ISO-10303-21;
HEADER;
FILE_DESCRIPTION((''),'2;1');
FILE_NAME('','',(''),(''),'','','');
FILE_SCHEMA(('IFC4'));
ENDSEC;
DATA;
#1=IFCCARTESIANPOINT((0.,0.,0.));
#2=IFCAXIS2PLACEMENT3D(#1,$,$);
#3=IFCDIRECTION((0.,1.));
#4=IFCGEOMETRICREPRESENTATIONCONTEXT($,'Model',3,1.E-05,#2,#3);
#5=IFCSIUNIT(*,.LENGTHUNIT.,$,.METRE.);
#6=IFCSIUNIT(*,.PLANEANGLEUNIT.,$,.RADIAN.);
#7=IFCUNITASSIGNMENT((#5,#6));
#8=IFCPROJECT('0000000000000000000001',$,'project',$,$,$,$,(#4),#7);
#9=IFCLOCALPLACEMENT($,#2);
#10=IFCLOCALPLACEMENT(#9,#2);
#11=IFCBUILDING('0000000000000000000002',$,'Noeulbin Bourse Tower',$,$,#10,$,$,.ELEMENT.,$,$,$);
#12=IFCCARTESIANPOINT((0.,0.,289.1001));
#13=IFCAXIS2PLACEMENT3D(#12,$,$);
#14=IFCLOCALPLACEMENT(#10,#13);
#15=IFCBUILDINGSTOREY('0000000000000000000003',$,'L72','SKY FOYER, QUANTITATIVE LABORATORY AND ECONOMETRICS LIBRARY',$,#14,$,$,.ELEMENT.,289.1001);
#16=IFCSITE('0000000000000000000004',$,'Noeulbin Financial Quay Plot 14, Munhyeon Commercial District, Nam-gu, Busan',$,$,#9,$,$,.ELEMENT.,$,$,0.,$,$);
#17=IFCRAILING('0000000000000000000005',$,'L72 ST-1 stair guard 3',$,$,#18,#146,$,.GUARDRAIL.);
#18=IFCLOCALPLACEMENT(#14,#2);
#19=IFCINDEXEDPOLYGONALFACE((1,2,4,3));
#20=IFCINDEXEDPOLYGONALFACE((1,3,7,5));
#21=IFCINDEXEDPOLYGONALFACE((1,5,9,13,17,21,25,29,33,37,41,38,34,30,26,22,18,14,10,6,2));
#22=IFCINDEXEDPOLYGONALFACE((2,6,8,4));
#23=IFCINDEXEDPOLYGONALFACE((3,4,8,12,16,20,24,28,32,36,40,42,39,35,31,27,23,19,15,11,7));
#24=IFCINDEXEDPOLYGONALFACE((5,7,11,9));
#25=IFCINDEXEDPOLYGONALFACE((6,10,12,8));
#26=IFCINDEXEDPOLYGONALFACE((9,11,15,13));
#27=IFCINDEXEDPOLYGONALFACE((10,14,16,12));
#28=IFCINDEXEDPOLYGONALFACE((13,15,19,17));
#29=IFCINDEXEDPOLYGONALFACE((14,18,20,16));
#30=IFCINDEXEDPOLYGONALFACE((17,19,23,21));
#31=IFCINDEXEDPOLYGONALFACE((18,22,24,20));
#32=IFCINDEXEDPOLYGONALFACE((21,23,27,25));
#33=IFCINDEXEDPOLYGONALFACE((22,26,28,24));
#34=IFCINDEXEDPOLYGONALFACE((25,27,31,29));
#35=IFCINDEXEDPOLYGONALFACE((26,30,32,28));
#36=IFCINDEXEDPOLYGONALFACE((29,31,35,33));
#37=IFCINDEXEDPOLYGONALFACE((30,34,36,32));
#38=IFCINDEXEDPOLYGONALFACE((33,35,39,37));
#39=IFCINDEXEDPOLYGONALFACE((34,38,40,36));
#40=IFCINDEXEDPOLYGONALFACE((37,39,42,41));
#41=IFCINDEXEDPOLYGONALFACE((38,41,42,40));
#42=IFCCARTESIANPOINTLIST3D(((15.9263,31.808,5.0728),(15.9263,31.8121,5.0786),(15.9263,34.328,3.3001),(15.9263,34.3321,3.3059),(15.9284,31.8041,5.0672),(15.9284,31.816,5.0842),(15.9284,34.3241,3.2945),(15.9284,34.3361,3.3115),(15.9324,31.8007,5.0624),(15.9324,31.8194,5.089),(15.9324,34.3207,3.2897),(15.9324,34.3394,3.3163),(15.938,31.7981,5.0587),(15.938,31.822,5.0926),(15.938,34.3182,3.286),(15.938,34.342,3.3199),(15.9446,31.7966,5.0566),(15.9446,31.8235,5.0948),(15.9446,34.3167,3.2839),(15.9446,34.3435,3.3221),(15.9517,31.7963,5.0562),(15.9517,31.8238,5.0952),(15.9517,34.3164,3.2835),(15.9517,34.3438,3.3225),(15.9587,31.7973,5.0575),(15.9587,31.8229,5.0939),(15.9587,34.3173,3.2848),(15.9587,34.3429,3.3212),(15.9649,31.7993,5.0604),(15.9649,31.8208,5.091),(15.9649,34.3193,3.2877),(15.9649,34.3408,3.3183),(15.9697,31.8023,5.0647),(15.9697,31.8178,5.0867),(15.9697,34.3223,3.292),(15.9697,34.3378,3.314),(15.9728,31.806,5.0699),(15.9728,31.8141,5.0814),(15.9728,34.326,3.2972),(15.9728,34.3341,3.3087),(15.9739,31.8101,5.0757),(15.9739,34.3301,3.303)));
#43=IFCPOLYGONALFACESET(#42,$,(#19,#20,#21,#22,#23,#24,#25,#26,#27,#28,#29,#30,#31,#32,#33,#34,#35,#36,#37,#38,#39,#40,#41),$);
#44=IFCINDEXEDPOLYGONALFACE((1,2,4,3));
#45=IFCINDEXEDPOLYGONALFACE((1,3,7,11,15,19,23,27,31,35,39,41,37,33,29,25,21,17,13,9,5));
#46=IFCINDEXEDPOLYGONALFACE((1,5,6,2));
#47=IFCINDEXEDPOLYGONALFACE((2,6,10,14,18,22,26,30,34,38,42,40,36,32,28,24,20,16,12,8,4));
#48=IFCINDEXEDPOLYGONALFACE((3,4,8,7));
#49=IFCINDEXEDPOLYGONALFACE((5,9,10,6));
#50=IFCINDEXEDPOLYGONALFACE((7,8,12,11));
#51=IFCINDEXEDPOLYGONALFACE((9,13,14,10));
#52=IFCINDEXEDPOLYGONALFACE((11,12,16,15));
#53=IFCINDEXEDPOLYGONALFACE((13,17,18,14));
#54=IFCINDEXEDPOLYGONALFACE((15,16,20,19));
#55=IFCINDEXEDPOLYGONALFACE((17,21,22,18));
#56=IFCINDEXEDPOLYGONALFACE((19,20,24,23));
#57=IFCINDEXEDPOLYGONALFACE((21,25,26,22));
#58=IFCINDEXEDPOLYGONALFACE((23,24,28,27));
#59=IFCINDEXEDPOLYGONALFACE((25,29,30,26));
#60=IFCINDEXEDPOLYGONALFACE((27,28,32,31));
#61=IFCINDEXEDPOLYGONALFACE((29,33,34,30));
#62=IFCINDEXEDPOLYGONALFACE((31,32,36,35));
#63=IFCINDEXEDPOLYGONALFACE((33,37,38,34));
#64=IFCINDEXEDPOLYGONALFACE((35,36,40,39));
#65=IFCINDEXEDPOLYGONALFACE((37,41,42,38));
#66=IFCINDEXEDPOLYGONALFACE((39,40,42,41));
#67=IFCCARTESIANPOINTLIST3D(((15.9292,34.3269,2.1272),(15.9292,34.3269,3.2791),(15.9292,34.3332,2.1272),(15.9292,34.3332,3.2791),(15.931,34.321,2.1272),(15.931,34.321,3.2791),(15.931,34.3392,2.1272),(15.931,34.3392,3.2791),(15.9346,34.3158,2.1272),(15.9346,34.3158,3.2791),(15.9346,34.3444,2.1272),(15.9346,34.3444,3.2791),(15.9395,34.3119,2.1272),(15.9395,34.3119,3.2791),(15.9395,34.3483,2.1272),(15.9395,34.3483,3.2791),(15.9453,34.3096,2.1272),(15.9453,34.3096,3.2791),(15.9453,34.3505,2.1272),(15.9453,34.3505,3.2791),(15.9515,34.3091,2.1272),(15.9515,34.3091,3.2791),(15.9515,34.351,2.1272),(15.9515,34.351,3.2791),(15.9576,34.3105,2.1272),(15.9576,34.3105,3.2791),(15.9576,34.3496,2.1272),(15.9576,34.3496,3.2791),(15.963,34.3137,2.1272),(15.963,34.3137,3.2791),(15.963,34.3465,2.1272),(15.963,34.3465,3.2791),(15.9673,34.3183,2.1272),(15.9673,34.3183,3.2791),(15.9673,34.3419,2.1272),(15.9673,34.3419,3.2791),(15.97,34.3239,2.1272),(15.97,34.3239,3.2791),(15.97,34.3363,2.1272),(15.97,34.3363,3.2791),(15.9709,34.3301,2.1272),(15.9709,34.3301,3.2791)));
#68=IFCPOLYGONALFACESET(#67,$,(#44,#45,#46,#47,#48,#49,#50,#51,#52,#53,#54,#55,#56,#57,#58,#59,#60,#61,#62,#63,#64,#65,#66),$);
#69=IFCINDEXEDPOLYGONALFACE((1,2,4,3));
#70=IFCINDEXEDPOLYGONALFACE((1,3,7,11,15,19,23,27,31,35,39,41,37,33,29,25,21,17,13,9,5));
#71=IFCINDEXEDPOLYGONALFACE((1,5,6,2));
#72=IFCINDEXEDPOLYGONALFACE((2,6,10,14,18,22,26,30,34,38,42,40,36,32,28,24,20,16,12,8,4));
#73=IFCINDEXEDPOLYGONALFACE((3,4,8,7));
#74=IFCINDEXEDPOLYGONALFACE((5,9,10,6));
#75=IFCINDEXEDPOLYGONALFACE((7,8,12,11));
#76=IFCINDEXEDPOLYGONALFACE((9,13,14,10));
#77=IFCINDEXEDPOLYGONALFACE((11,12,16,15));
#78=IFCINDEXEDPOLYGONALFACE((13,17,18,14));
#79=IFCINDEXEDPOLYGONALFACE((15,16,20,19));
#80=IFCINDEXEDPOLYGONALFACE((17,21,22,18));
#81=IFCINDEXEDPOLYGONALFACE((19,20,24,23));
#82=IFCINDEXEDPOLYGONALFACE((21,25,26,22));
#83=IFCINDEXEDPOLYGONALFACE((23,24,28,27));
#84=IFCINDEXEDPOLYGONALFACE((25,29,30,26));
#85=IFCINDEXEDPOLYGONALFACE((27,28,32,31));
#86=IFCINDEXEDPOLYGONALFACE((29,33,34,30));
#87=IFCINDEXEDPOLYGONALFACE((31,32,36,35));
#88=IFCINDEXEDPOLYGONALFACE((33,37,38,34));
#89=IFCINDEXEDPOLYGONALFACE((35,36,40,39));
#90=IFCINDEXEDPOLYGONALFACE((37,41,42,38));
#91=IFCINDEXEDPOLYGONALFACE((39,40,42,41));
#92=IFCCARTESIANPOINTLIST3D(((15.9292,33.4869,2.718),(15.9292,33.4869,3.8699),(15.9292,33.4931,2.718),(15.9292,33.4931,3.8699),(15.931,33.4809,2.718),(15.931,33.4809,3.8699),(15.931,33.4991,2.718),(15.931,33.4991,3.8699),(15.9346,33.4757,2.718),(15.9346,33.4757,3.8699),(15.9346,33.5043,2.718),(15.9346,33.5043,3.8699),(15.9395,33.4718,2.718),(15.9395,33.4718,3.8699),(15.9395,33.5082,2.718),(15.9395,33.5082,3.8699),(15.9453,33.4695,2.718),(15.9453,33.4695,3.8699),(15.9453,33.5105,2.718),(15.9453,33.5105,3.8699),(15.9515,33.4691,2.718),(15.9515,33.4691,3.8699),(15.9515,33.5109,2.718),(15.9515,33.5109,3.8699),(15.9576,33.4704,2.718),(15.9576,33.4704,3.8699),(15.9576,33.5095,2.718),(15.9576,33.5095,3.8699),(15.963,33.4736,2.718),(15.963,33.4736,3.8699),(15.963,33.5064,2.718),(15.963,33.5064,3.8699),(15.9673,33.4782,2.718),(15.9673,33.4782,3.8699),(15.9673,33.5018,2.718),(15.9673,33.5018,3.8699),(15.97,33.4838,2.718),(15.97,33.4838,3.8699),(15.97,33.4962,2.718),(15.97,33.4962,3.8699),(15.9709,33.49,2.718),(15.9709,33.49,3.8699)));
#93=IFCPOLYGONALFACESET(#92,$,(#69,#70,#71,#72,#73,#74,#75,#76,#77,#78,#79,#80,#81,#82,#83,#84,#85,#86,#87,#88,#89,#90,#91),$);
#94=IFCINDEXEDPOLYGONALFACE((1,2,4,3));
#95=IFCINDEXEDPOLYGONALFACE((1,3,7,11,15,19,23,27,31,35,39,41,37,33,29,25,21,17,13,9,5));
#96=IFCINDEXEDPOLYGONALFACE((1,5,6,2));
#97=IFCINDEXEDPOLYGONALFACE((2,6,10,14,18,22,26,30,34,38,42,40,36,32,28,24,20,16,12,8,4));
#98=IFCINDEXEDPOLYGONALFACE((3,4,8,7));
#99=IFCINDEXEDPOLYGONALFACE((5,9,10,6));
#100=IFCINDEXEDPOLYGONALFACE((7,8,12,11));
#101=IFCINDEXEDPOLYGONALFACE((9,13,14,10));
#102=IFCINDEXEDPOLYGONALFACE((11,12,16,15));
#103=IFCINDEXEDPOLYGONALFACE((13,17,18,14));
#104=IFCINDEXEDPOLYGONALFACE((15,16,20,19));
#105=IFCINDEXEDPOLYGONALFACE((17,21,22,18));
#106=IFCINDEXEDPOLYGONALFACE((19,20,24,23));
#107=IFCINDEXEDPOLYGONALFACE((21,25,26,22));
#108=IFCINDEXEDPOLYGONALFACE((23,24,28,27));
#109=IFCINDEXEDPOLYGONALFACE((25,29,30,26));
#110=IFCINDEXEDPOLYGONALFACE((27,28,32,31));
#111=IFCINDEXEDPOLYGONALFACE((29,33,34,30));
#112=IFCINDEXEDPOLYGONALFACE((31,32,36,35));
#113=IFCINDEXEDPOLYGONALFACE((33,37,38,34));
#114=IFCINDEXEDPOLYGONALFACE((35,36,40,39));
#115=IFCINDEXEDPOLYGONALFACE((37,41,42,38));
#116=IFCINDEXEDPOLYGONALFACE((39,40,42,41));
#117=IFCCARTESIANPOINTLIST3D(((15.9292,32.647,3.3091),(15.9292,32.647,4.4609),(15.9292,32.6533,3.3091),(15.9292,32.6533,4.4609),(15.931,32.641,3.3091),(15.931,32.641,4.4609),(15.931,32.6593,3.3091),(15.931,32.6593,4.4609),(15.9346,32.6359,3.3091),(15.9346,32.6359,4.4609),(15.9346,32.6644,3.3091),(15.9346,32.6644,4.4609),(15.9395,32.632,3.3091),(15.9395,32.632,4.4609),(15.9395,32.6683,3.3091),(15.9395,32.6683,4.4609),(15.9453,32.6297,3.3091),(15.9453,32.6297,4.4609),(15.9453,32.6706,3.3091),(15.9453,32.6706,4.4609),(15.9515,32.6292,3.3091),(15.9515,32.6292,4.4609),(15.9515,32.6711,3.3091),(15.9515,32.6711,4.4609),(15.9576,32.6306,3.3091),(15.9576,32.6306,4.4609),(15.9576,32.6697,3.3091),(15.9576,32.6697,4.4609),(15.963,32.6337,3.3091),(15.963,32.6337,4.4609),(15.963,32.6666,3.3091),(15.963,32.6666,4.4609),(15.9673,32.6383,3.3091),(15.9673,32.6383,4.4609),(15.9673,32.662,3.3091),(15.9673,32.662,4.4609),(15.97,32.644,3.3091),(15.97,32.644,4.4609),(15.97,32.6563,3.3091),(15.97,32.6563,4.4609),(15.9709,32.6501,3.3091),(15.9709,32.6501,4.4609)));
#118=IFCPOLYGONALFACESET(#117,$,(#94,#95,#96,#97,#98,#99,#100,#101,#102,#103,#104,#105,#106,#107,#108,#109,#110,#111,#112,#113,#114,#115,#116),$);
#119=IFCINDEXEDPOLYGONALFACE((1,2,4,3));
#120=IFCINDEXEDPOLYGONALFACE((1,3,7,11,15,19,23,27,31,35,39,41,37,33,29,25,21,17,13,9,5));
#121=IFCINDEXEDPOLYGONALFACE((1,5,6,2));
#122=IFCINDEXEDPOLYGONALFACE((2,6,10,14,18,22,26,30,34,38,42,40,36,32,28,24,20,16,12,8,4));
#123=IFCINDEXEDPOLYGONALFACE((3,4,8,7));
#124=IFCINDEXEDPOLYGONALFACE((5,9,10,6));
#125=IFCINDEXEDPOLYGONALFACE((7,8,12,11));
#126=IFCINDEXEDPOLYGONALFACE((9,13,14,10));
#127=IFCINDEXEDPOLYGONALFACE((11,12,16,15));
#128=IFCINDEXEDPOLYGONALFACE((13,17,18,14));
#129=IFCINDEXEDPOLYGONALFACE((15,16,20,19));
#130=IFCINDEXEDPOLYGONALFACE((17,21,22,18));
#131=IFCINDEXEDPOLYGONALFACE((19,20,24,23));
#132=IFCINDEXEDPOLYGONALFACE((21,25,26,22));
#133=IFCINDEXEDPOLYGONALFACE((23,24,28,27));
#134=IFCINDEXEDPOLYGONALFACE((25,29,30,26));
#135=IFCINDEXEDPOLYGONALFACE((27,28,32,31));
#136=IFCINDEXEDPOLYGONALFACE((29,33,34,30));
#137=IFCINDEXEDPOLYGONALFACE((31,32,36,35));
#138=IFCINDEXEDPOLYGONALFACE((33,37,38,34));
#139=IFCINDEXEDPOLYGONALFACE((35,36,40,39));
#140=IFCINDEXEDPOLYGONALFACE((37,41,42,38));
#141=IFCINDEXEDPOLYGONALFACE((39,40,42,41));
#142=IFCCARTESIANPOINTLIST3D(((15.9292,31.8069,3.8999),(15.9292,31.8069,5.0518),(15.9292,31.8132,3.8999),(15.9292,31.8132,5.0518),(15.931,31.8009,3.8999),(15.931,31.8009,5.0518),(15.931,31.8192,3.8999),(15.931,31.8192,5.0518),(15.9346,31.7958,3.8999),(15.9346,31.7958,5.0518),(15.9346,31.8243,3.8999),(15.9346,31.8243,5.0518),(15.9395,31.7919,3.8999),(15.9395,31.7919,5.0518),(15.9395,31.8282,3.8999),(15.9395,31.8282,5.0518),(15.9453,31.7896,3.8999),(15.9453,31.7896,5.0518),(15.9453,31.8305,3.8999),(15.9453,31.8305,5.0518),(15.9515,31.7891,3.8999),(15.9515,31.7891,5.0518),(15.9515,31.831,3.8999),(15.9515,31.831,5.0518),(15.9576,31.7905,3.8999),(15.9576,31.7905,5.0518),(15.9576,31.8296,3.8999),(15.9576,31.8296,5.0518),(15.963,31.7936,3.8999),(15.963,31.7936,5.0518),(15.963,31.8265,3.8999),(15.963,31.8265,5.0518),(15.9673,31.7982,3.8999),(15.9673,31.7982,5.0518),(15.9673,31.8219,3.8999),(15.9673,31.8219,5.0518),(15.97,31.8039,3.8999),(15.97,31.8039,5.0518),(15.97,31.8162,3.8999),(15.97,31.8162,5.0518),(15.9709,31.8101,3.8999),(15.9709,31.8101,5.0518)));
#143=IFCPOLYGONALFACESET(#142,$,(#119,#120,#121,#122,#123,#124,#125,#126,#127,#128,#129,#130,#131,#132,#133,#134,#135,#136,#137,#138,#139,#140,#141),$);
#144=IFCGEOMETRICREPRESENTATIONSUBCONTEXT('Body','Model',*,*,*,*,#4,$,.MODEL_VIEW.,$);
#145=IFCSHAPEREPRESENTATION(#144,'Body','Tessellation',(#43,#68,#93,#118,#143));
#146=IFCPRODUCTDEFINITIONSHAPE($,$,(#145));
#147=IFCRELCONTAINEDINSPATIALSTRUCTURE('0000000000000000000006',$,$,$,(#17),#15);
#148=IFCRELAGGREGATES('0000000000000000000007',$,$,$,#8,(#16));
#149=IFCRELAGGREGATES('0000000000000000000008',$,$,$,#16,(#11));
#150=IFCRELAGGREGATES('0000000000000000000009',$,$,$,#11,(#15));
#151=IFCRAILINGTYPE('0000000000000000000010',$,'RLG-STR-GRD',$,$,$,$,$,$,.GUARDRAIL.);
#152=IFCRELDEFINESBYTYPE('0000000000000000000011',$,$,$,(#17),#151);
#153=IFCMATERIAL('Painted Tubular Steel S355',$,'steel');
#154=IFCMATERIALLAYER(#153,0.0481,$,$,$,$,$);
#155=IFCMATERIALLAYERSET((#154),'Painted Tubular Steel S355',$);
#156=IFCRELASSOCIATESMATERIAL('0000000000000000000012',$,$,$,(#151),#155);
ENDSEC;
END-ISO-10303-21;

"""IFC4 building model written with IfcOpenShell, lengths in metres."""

from ifc_helpers import new_model, si_unit, direction, frame, origin, origin_2d, place, context, subcontext, project, spatial, circle, extrude, material, layer, layer_set, type_object, element, save


model = new_model("IFC4")

# Units and contexts
model_context = context("Model", 3, precision=1e-05, world=origin(), true_north=direction((0.0, 1.0)))
body_context = subcontext(model_context, "Body", "Model", "MODEL_VIEW")
ifc_project = project(units=[si_unit("LENGTHUNIT", "METRE"), si_unit("PLANEANGLEUNIT", "RADIAN")], contexts=[model_context])

# Site, building, storey
site_placement = place(None, origin())
site = spatial("IfcSite", under=ifc_project, at=site_placement, Name="Noeulbin Financial Quay Plot 14, Munhyeon Commercial District, Nam-gu, Busan", CompositionType="ELEMENT", RefElevation=0.0)
building_placement = place(site_placement, origin())
building = spatial("IfcBuilding", under=site, at=building_placement, Name="Noeulbin Bourse Tower", CompositionType="ELEMENT")
storey_placement = place(building_placement, frame((0.0, 0.0, 289.1001)))
storey = spatial("IfcBuildingStorey", under=building, at=storey_placement, Name="L72", Description="SKY FOYER, QUANTITATIVE LABORATORY AND ECONOMETRICS LIBRARY", CompositionType="ELEMENT", Elevation=289.1001)

# Railing
ifc_material_1 = material(Name="Painted Tubular Steel S355", Category="steel")
ifc_layer_1 = layer(ifc_material_1, 0.0481)
ifc_layer_set_1 = layer_set([ifc_layer_1], Name="Painted Tubular Steel S355")
railing_type_1 = type_object("IfcRailingType", Name="RLG-STR-GRD", PredefinedType="GUARDRAIL", material=ifc_layer_set_1)
railing_1_placement = place(storey_placement, frame((15.95, 34.3301, 2.1272)))
element("IfcRailing", 1, at=railing_1_placement, inside=storey, type_object=railing_type_1, Name="L72 ST-1 stair guard 3", PredefinedType="GUARDRAIL", context=body_context, shape_type="SweptSolid", body=[
    extrude(circle(Radius=0.0239, at=origin_2d()), frame((0.0, 0.0, 1.1758), z_axis=(0.0, -0.817904, 0.575354), x_axis=(1.0, 0.0, 0.0)), (0.0, 0.0, 1.0), 3.0811),
    extrude(circle(Radius=0.021, at=origin_2d()), origin(), (0.0, 0.0, 1.0), 1.1519),
    extrude(circle(Radius=0.021, at=origin_2d()), frame((0.0, -0.8401, 0.5908)), (0.0, 0.0, 1.0), 1.1519),
    extrude(circle(Radius=0.021, at=origin_2d()), frame((0.0, -1.6799, 1.1819)), (0.0, 0.0, 1.0), 1.1519),
    extrude(circle(Radius=0.021, at=origin_2d()), frame((0.0, -2.52, 1.7727)), (0.0, 0.0, 1.0), 1.1519),
])

save(model, "model.ifc")
